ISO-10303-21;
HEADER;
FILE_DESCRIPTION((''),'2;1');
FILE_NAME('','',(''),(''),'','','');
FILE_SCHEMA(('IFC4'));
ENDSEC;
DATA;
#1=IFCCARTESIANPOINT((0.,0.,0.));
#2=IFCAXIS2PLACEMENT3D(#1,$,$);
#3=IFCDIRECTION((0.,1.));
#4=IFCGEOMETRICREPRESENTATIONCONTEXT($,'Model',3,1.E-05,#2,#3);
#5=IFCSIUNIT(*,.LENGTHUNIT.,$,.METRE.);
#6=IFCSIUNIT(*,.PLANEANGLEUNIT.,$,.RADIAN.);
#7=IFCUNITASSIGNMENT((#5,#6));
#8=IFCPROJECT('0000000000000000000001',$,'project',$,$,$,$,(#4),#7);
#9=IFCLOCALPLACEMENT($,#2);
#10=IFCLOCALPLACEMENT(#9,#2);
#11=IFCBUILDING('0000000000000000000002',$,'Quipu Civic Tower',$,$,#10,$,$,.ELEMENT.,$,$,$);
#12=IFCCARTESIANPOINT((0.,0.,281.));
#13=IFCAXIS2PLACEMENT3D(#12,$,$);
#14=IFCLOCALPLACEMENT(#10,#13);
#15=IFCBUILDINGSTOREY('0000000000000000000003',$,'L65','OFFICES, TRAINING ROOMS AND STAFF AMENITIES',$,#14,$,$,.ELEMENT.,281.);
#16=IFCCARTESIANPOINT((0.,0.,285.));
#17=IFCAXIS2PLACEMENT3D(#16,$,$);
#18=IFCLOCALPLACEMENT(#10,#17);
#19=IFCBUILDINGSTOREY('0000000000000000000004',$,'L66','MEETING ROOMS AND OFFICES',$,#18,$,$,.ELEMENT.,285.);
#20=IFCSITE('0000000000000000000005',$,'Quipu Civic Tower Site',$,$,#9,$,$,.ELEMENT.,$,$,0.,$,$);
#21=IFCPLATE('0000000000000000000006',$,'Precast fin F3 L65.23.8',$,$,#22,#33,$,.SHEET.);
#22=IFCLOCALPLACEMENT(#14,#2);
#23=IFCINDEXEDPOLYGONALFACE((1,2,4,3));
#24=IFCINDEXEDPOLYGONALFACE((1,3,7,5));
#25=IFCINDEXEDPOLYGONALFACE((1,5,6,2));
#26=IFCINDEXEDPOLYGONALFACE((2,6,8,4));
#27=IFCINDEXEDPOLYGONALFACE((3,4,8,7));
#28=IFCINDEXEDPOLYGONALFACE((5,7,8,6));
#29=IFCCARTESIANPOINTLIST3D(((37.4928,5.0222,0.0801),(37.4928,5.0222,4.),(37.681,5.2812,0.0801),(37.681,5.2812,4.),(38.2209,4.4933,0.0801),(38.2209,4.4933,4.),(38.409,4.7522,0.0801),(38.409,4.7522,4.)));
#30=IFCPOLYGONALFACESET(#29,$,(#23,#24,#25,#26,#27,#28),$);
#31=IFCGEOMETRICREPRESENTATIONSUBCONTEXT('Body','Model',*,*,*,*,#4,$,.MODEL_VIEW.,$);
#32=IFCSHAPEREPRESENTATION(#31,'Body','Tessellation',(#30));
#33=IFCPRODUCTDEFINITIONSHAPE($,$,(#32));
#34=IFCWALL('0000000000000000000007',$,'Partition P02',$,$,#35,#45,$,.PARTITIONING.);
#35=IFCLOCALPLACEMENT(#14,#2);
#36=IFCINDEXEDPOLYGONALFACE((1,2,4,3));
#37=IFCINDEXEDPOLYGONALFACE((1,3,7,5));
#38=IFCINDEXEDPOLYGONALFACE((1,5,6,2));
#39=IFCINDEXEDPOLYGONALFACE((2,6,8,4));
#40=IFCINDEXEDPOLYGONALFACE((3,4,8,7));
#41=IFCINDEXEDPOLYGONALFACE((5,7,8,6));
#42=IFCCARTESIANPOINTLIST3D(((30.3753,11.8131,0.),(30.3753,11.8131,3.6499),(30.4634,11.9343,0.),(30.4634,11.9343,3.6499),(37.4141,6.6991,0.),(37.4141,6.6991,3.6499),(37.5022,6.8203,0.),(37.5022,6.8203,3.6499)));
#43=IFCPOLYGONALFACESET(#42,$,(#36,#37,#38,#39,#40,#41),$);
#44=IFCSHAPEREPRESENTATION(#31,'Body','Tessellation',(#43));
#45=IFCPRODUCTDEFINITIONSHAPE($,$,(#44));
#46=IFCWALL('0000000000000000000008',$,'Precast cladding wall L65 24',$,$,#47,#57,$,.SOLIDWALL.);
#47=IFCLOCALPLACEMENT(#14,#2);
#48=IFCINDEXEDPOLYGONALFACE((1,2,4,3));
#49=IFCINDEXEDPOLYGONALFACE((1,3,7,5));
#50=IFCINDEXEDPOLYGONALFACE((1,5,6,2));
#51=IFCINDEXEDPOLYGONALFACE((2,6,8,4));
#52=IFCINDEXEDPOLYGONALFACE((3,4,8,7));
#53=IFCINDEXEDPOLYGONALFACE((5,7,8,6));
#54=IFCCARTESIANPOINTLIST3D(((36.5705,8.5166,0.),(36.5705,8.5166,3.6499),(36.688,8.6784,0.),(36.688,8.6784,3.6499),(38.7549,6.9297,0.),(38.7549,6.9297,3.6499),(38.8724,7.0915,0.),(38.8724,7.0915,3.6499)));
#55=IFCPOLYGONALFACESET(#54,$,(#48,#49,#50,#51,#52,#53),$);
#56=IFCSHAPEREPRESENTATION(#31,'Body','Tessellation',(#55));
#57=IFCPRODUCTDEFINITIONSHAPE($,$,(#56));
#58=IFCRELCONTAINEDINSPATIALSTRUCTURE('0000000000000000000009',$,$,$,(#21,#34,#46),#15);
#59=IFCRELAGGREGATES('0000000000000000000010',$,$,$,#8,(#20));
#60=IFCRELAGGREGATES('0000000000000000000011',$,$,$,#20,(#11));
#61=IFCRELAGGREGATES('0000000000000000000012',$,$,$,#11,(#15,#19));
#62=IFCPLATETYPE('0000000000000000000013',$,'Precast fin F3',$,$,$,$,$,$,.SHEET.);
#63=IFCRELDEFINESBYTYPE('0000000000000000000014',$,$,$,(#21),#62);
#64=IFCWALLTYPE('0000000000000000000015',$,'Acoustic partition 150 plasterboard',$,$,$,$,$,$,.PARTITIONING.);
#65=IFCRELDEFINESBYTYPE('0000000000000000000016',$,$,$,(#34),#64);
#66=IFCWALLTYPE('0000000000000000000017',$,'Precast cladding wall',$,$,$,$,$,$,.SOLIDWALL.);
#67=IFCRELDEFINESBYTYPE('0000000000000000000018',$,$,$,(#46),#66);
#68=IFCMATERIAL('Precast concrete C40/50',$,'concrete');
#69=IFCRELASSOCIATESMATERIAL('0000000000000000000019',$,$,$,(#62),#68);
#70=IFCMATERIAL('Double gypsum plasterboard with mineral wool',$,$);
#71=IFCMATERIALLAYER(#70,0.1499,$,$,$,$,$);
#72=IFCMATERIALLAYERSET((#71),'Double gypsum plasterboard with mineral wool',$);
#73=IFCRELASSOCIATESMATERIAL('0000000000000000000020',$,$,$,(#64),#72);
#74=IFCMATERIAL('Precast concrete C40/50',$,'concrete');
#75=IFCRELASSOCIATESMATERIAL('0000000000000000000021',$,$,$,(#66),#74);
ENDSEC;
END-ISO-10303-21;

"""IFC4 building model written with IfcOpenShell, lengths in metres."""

from ifc_helpers import new_model, si_unit, direction, frame, frame_2d, origin, origin_2d, place, context, subcontext, project, spatial, rectangle, extrude, material, layer, layer_set, type_object, element, save


model = new_model("IFC4")

# Units and contexts
model_context = context("Model", 3, precision=1e-05, world=origin(), true_north=direction((0.0, 1.0)))
body_context = subcontext(model_context, "Body", "Model", "MODEL_VIEW")
ifc_project = project(units=[si_unit("LENGTHUNIT", "METRE"), si_unit("PLANEANGLEUNIT", "RADIAN")], contexts=[model_context])

# Site, building, storey
site_placement = place(None, origin())
site = spatial("IfcSite", under=ifc_project, at=site_placement, Name="Quipu Civic Tower Site", CompositionType="ELEMENT", RefElevation=0.0)
building_placement = place(site_placement, origin())
building = spatial("IfcBuilding", under=site, at=building_placement, Name="Quipu Civic Tower", CompositionType="ELEMENT")
storey_1_placement = place(building_placement, frame((0.0, 0.0, 281.0)))
storey_1 = spatial("IfcBuildingStorey", under=building, at=storey_1_placement, Name="L65", Description="OFFICES, TRAINING ROOMS AND STAFF AMENITIES", CompositionType="ELEMENT", Elevation=281.0)

# Shared definitions
storey_2_placement = place(building_placement, frame((0.0, 0.0, 285.0)))
storey_2 = spatial("IfcBuildingStorey", under=building, at=storey_2_placement, Name="L66", Description="MEETING ROOMS AND OFFICES", CompositionType="ELEMENT", Elevation=285.0)

# Plate
ifc_material_1 = material(Name="Precast concrete C40/50", Category="concrete")
plate_type_1 = type_object("IfcPlateType", Name="Precast fin F3", PredefinedType="SHEET", material=ifc_material_1)
for number, where, z_axis, x_axis, name in (
    (1, (37.9509, 4.8872, 0.0801), (0.0, 0.0, 1.0), (0.587787, 0.809016, 0.0), "Precast fin F3 L65.23.8"),
):
    element("IfcPlate", number, at=place(storey_1_placement, frame(where, z_axis=z_axis, x_axis=x_axis)), inside=storey_1, type_object=plate_type_1, Name=name, PredefinedType="SHEET", context=body_context, shape_type="SweptSolid", body=[
        extrude(rectangle(XDim=0.3201, YDim=0.8999, at=origin_2d()), origin(), (0.0, 0.0, 1.0), 3.9199),
    ])

# Walls
ifc_material_2 = material(Name="Double gypsum plasterboard with mineral wool")
ifc_layer_1 = layer(ifc_material_2, 0.1499)
ifc_layer_set_1 = layer_set([ifc_layer_1], Name="Double gypsum plasterboard with mineral wool")
wall_type_1 = type_object("IfcWallType", Name="Acoustic partition 150 plasterboard", PredefinedType="PARTITIONING", material=ifc_layer_set_1)
wall_1_placement = place(storey_1_placement, frame((37.458, 6.7598, 0.0), z_axis=(0.0, 0.0, 1.0), x_axis=(-0.809016, 0.587786, 0.0)))
element("IfcWall", 2, at=wall_1_placement, inside=storey_1, type_object=wall_type_1, Name="Partition P02", PredefinedType="PARTITIONING", context=body_context, shape_type="SweptSolid", body=[
    extrude(rectangle(XDim=8.7004, YDim=0.1499, at=frame_2d((4.3501, 0.0))), origin(), (0.0, 0.0, 1.0), 3.6499),
])
ifc_material_3 = material(Name="Precast concrete C40/50", Category="concrete")
wall_type_2 = type_object("IfcWallType", Name="Precast cladding wall", PredefinedType="SOLIDWALL", material=ifc_material_3)
wall_2_placement = place(storey_1_placement, frame((38.8137, 7.0105, 0.0), z_axis=(0.0, 0.0, 1.0), x_axis=(-0.809033, 0.587763, 0.0)))
element("IfcWall", 3, at=wall_2_placement, inside=storey_1, type_object=wall_type_2, Name="Precast cladding wall L65 24", PredefinedType="SOLIDWALL", context=body_context, shape_type="SweptSolid", body=[
    extrude(rectangle(XDim=2.7, YDim=0.2, at=frame_2d((1.3501, 0.0))), origin(), (0.0, 0.0, 1.0), 3.6499),
])

save(model, "model.ifc")
